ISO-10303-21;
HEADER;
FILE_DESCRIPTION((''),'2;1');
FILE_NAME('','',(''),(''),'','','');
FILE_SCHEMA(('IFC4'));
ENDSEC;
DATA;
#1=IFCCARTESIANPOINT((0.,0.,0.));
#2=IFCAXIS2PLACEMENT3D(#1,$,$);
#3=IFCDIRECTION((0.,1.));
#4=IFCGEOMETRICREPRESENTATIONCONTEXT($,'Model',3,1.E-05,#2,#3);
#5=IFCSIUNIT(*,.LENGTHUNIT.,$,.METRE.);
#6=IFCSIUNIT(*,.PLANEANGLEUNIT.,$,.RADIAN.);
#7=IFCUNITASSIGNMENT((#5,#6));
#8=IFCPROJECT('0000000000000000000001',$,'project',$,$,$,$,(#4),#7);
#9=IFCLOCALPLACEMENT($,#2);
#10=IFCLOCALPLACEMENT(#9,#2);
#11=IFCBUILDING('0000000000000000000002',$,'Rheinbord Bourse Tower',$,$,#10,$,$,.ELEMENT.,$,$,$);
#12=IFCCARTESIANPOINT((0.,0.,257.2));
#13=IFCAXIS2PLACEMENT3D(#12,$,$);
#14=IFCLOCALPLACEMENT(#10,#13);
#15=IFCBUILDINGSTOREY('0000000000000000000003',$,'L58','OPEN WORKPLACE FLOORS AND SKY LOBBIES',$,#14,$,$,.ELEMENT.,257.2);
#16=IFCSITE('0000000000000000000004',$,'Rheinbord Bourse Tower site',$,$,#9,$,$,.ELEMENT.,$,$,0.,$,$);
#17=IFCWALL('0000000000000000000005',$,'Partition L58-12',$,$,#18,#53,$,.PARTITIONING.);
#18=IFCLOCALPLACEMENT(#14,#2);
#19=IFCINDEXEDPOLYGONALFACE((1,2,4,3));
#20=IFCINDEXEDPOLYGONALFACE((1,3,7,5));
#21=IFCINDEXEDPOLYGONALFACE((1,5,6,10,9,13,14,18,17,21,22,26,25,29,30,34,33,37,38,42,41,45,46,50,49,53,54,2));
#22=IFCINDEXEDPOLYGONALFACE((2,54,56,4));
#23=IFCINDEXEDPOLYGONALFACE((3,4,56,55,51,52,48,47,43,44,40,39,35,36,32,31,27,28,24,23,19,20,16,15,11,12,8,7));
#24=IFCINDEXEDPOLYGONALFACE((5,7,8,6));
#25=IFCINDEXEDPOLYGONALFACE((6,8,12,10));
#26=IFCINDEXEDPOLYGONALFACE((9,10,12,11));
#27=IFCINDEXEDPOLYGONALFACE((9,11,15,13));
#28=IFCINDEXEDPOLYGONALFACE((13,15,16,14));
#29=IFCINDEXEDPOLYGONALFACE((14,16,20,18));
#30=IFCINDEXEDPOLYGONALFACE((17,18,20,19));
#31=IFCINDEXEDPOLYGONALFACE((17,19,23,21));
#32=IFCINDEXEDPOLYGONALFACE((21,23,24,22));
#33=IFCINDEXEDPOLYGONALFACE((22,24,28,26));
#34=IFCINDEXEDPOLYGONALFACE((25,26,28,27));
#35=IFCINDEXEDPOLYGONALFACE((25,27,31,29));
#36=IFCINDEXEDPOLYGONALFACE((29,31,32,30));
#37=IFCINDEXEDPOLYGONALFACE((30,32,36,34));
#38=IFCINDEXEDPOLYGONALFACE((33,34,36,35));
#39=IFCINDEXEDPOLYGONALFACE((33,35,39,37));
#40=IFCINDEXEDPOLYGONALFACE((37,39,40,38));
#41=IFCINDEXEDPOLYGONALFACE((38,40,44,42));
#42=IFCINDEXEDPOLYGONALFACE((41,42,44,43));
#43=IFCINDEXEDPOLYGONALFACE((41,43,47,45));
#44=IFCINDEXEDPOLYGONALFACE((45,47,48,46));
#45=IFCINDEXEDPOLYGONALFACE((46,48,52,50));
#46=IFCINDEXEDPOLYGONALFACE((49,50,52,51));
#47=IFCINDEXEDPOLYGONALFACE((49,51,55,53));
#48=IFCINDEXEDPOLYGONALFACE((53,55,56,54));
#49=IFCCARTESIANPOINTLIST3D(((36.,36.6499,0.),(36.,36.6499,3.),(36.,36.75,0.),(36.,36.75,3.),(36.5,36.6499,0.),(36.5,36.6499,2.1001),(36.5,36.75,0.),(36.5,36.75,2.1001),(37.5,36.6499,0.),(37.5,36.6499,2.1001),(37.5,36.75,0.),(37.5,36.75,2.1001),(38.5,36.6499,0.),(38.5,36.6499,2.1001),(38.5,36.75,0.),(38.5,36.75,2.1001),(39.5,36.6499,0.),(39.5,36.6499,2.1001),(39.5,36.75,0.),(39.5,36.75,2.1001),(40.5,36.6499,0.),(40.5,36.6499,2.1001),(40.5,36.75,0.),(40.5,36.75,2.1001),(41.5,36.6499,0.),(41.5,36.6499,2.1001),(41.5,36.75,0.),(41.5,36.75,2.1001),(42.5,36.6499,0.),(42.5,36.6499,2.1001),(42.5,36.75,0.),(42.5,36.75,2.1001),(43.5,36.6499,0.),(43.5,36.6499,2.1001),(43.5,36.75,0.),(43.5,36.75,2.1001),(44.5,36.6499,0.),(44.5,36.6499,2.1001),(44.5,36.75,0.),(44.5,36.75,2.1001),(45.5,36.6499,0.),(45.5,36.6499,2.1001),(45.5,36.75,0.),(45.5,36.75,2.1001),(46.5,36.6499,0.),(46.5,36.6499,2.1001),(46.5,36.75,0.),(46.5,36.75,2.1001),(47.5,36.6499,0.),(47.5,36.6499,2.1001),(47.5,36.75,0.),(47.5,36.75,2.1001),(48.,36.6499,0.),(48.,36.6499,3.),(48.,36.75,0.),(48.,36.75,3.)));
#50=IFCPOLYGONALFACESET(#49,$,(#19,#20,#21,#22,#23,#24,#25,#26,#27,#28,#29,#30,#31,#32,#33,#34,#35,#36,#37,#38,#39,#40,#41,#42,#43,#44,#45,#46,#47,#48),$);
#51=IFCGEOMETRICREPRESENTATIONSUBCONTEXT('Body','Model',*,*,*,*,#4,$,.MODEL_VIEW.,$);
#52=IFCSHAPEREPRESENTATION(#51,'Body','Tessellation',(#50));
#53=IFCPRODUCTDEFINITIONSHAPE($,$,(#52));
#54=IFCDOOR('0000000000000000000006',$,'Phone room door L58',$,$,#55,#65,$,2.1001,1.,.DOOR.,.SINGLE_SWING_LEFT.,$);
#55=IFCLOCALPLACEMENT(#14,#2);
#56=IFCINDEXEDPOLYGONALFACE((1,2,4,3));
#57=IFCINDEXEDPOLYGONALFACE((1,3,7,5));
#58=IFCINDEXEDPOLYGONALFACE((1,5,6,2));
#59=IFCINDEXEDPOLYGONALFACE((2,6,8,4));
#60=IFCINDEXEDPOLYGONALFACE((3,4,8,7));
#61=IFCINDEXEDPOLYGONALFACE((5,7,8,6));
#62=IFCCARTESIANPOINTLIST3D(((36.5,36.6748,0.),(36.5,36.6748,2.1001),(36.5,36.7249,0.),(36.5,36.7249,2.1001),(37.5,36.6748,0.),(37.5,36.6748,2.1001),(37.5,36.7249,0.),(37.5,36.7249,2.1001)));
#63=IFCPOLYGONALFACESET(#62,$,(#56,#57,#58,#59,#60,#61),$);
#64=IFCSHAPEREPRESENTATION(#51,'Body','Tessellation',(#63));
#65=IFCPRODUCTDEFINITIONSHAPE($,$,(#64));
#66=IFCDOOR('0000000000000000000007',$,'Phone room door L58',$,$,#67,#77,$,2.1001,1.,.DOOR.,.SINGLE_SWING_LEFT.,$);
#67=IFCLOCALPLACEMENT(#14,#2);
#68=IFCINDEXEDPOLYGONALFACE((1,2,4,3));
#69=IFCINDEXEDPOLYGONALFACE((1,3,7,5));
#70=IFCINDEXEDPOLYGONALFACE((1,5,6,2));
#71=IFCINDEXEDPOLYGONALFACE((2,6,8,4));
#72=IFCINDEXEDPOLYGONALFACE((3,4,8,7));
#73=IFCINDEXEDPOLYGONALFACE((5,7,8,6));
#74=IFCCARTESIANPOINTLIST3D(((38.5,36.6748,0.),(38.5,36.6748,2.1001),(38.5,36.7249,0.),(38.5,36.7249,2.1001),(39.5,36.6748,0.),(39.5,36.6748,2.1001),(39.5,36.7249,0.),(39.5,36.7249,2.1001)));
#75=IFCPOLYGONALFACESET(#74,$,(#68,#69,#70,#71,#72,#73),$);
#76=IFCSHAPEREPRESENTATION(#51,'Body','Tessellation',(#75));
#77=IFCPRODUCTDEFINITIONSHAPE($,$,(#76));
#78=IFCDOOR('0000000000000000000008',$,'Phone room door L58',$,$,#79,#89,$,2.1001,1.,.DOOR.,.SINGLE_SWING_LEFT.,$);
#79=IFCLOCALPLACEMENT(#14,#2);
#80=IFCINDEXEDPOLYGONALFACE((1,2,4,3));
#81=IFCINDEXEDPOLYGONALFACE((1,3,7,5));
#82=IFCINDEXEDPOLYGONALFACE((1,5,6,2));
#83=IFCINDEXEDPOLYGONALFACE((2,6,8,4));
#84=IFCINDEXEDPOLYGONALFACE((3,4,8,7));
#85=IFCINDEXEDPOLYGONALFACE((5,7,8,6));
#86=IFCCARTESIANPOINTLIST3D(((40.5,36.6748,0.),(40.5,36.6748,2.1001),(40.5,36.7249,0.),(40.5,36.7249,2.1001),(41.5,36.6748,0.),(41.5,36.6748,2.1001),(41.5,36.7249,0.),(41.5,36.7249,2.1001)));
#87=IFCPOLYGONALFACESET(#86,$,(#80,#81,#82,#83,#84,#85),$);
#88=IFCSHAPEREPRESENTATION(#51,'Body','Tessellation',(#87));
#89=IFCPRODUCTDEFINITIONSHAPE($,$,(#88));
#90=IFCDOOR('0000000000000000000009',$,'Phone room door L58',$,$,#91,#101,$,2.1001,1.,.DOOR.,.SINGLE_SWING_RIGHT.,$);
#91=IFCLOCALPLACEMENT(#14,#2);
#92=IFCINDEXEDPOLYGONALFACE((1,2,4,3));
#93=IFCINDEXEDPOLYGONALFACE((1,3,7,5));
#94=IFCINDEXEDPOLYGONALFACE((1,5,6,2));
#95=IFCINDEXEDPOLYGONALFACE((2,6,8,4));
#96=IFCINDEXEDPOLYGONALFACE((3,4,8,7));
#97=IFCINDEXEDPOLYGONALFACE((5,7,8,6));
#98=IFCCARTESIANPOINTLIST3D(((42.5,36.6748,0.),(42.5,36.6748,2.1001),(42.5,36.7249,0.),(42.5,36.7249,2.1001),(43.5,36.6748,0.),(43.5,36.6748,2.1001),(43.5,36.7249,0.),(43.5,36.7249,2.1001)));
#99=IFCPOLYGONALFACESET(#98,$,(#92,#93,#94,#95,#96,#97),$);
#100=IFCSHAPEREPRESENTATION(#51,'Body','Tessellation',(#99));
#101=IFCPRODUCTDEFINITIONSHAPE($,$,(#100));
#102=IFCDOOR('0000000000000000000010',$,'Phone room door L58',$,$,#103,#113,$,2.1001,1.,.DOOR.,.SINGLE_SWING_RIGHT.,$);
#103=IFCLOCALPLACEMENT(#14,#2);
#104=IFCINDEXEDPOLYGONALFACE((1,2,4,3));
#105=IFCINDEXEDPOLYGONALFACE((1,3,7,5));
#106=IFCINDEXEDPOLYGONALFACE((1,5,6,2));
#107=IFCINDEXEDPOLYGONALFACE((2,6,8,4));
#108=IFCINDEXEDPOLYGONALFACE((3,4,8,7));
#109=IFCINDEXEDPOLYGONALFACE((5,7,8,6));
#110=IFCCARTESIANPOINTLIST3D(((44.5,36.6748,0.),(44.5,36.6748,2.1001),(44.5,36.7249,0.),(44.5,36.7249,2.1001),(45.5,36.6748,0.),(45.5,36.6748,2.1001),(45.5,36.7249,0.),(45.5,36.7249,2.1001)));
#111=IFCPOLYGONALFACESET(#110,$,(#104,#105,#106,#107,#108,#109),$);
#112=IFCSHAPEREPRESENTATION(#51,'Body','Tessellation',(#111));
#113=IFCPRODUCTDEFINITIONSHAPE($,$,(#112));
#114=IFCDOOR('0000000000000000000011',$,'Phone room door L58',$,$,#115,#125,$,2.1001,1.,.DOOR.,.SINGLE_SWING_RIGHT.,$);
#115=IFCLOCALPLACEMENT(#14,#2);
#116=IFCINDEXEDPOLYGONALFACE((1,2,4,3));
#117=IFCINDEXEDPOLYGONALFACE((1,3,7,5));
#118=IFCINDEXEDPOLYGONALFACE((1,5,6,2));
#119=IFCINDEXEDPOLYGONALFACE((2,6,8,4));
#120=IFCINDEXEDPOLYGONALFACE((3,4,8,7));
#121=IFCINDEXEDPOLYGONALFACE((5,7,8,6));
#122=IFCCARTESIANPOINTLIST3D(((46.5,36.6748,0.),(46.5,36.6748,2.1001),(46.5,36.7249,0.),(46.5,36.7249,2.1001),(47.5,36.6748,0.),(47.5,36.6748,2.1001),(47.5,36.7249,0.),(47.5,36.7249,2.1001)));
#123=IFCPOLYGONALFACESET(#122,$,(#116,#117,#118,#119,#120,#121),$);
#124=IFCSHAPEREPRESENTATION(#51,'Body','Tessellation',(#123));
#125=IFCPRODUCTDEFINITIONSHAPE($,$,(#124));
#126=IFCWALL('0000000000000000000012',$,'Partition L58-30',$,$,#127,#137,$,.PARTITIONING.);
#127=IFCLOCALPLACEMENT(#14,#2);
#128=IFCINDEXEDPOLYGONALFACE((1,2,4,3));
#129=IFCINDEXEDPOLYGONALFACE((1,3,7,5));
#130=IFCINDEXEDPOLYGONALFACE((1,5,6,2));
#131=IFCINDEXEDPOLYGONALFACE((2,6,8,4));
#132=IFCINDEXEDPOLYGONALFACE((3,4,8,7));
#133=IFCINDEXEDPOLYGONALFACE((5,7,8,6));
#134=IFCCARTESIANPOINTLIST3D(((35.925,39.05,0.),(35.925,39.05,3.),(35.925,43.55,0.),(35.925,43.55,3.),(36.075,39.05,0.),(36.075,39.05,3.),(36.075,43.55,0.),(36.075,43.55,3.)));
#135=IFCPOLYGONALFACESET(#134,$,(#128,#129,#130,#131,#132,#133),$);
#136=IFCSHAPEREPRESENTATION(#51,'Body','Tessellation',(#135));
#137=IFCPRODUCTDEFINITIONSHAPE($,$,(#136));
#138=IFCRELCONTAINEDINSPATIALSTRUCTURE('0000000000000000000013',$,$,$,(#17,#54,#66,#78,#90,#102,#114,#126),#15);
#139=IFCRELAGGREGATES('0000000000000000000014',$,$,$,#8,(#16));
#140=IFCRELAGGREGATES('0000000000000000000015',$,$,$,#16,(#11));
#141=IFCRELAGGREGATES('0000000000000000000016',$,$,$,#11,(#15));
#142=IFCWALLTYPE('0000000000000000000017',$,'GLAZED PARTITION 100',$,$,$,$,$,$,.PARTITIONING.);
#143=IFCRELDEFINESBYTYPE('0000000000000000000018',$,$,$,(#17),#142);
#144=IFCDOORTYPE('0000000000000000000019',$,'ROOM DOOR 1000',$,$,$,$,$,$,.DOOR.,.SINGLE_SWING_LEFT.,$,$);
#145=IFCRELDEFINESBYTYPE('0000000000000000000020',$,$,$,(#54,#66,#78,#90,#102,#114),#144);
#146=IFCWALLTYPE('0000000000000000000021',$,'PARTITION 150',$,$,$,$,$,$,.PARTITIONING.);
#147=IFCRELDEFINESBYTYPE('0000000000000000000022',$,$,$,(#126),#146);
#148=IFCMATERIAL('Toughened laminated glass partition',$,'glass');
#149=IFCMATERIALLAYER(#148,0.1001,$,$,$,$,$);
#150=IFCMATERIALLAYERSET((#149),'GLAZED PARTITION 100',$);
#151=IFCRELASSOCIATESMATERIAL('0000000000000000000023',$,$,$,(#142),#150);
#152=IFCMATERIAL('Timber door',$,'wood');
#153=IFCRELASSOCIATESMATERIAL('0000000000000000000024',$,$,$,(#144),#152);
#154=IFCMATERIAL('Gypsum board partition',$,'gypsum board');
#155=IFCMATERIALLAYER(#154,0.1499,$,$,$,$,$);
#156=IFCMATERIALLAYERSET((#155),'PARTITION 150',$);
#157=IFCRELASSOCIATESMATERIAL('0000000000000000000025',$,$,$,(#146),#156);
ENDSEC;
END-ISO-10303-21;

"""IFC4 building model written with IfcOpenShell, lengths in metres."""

from ifc_helpers import new_model, si_unit, direction, frame, frame_2d, origin, place, context, subcontext, project, spatial, rectangle, extrude, material, layer, layer_set, type_object, element, fill, save


model = new_model("IFC4")

# Units and contexts
model_context = context("Model", 3, precision=1e-05, world=origin(), true_north=direction((0.0, 1.0)))
body_context = subcontext(model_context, "Body", "Model", "MODEL_VIEW")
ifc_project = project(units=[si_unit("LENGTHUNIT", "METRE"), si_unit("PLANEANGLEUNIT", "RADIAN")], contexts=[model_context])

# Site, building, storey
site_placement = place(None, origin())
site = spatial("IfcSite", under=ifc_project, at=site_placement, Name="Rheinbord Bourse Tower site", CompositionType="ELEMENT", RefElevation=0.0)
building_placement = place(site_placement, origin())
building = spatial("IfcBuilding", under=site, at=building_placement, Name="Rheinbord Bourse Tower", CompositionType="ELEMENT")
storey_placement = place(building_placement, frame((0.0, 0.0, 257.2)))
storey = spatial("IfcBuildingStorey", under=building, at=storey_placement, Name="L58", Description="OPEN WORKPLACE FLOORS AND SKY LOBBIES", CompositionType="ELEMENT", Elevation=257.2)

# Wall, openings, doors
ifc_material_1 = material(Name="Toughened laminated glass partition", Category="glass")
ifc_layer_1 = layer(ifc_material_1, 0.1001)
ifc_layer_set_1 = layer_set([ifc_layer_1], Name="GLAZED PARTITION 100")
wall_type_1 = type_object("IfcWallType", Name="GLAZED PARTITION 100", PredefinedType="PARTITIONING", material=ifc_layer_set_1)
wall_1_placement = place(storey_placement, frame((36.0, 36.7, 0.0), z_axis=(0.0, 0.0, 1.0), x_axis=(1.0, 0.0, 0.0)))
wall_1 = element("IfcWall", 1, at=wall_1_placement, inside=storey, type_object=wall_type_1, Name="Partition L58-12", PredefinedType="PARTITIONING", context=body_context, shape_type="SweptSolid", body=[
    extrude(rectangle(XDim=12.0, YDim=0.1001, at=frame_2d((6.0, 0.0))), origin(), (0.0, 0.0, 1.0), 3.0),
])
opening_1_placement = place(wall_1_placement, frame((0.5, 0.0, 0.0)))
opening_1 = element("IfcOpeningElement", 2, at=opening_1_placement, cuts=wall_1, PredefinedType="OPENING", context=body_context, shape_type="SweptSolid", body=[
    extrude(rectangle(XDim=1.0, YDim=2.1001, at=frame_2d((0.5, 1.05))), frame((0.0, 0.0601, 0.0), z_axis=(0.0, -1.0, 0.0), x_axis=(1.0, 0.0, 0.0)), (0.0, 0.0, 1.0), 0.1201),
])
opening_2_placement = place(wall_1_placement, frame((2.5, 0.0, 0.0)))
opening_2 = element("IfcOpeningElement", 3, at=opening_2_placement, cuts=wall_1, PredefinedType="OPENING", context=body_context, shape_type="SweptSolid", body=[
    extrude(rectangle(XDim=1.0, YDim=2.1001, at=frame_2d((0.5, 1.05))), frame((0.0, 0.0601, 0.0), z_axis=(0.0, -1.0, 0.0), x_axis=(1.0, 0.0, 0.0)), (0.0, 0.0, 1.0), 0.1201),
])
opening_3_placement = place(wall_1_placement, frame((4.5, 0.0, 0.0)))
opening_3 = element("IfcOpeningElement", 4, at=opening_3_placement, cuts=wall_1, PredefinedType="OPENING", context=body_context, shape_type="SweptSolid", body=[
    extrude(rectangle(XDim=1.0, YDim=2.1001, at=frame_2d((0.5, 1.05))), frame((0.0, 0.0601, 0.0), z_axis=(0.0, -1.0, 0.0), x_axis=(1.0, 0.0, 0.0)), (0.0, 0.0, 1.0), 0.1201),
])
opening_4_placement = place(wall_1_placement, frame((6.5, 0.0, 0.0)))
opening_4 = element("IfcOpeningElement", 5, at=opening_4_placement, cuts=wall_1, PredefinedType="OPENING", context=body_context, shape_type="SweptSolid", body=[
    extrude(rectangle(XDim=1.0, YDim=2.1001, at=frame_2d((0.5, 1.05))), frame((0.0, 0.0601, 0.0), z_axis=(0.0, -1.0, 0.0), x_axis=(1.0, 0.0, 0.0)), (0.0, 0.0, 1.0), 0.1201),
])
opening_5_placement = place(wall_1_placement, frame((8.5, 0.0, 0.0)))
opening_5 = element("IfcOpeningElement", 6, at=opening_5_placement, cuts=wall_1, PredefinedType="OPENING", context=body_context, shape_type="SweptSolid", body=[
    extrude(rectangle(XDim=1.0, YDim=2.1001, at=frame_2d((0.5, 1.05))), frame((0.0, 0.0601, 0.0), z_axis=(0.0, -1.0, 0.0), x_axis=(1.0, 0.0, 0.0)), (0.0, 0.0, 1.0), 0.1201),
])
opening_6_placement = place(wall_1_placement, frame((10.5, 0.0, 0.0)))
opening_6 = element("IfcOpeningElement", 7, at=opening_6_placement, cuts=wall_1, PredefinedType="OPENING", context=body_context, shape_type="SweptSolid", body=[
    extrude(rectangle(XDim=1.0, YDim=2.1001, at=frame_2d((0.5, 1.05))), frame((0.0, 0.0601, 0.0), z_axis=(0.0, -1.0, 0.0), x_axis=(1.0, 0.0, 0.0)), (0.0, 0.0, 1.0), 0.1201),
])
ifc_material_2 = material(Name="Timber door", Category="wood")
door_type = type_object("IfcDoorType", Name="ROOM DOOR 1000", OperationType="SINGLE_SWING_LEFT", PredefinedType="DOOR", material=ifc_material_2)
door_1_placement = place(opening_1_placement, origin())
door_1 = element("IfcDoor", 8, at=door_1_placement, inside=storey, type_object=door_type, Name="Phone room door L58", OperationType="SINGLE_SWING_LEFT", OverallHeight=2.1001, OverallWidth=1.0, PredefinedType="DOOR", context=body_context, shape_type="SweptSolid", body=[
    extrude(rectangle(XDim=1.0, YDim=2.1001, at=frame_2d((0.5, 1.05))), frame((0.0, 0.0249, 0.0), z_axis=(0.0, -1.0, 0.0), x_axis=(1.0, 0.0, 0.0)), (0.0, 0.0, 1.0), 0.05),
])
fill(opening_1, door_1)
door_2_placement = place(opening_2_placement, origin())
door_2 = element("IfcDoor", 9, at=door_2_placement, inside=storey, type_object=door_type, Name="Phone room door L58", OperationType="SINGLE_SWING_LEFT", OverallHeight=2.1001, OverallWidth=1.0, PredefinedType="DOOR", context=body_context, shape_type="SweptSolid", body=[
    extrude(rectangle(XDim=1.0, YDim=2.1001, at=frame_2d((0.5, 1.05))), frame((0.0, 0.0249, 0.0), z_axis=(0.0, -1.0, 0.0), x_axis=(1.0, 0.0, 0.0)), (0.0, 0.0, 1.0), 0.05),
])
fill(opening_2, door_2)
door_3_placement = place(opening_3_placement, origin())
door_3 = element("IfcDoor", 10, at=door_3_placement, inside=storey, type_object=door_type, Name="Phone room door L58", OperationType="SINGLE_SWING_LEFT", OverallHeight=2.1001, OverallWidth=1.0, PredefinedType="DOOR", context=body_context, shape_type="SweptSolid", body=[
    extrude(rectangle(XDim=1.0, YDim=2.1001, at=frame_2d((0.5, 1.05))), frame((0.0, 0.0249, 0.0), z_axis=(0.0, -1.0, 0.0), x_axis=(1.0, 0.0, 0.0)), (0.0, 0.0, 1.0), 0.05),
])
fill(opening_3, door_3)
door_4_placement = place(opening_4_placement, origin())
door_4 = element("IfcDoor", 11, at=door_4_placement, inside=storey, type_object=door_type, Name="Phone room door L58", OperationType="SINGLE_SWING_RIGHT", OverallHeight=2.1001, OverallWidth=1.0, PredefinedType="DOOR", context=body_context, shape_type="SweptSolid", body=[
    extrude(rectangle(XDim=1.0, YDim=2.1001, at=frame_2d((0.5, 1.05))), frame((0.0, 0.0249, 0.0), z_axis=(0.0, -1.0, 0.0), x_axis=(1.0, 0.0, 0.0)), (0.0, 0.0, 1.0), 0.05),
])
fill(opening_4, door_4)
door_5_placement = place(opening_5_placement, origin())
door_5 = element("IfcDoor", 12, at=door_5_placement, inside=storey, type_object=door_type, Name="Phone room door L58", OperationType="SINGLE_SWING_RIGHT", OverallHeight=2.1001, OverallWidth=1.0, PredefinedType="DOOR", context=body_context, shape_type="SweptSolid", body=[
    extrude(rectangle(XDim=1.0, YDim=2.1001, at=frame_2d((0.5, 1.05))), frame((0.0, 0.0249, 0.0), z_axis=(0.0, -1.0, 0.0), x_axis=(1.0, 0.0, 0.0)), (0.0, 0.0, 1.0), 0.05),
])
fill(opening_5, door_5)
door_6_placement = place(opening_6_placement, origin())
door_6 = element("IfcDoor", 13, at=door_6_placement, inside=storey, type_object=door_type, Name="Phone room door L58", OperationType="SINGLE_SWING_RIGHT", OverallHeight=2.1001, OverallWidth=1.0, PredefinedType="DOOR", context=body_context, shape_type="SweptSolid", body=[
    extrude(rectangle(XDim=1.0, YDim=2.1001, at=frame_2d((0.5, 1.05))), frame((0.0, 0.0249, 0.0), z_axis=(0.0, -1.0, 0.0), x_axis=(1.0, 0.0, 0.0)), (0.0, 0.0, 1.0), 0.05),
])
fill(opening_6, door_6)

# Wall
ifc_material_3 = material(Name="Gypsum board partition", Category="gypsum board")
ifc_layer_2 = layer(ifc_material_3, 0.1499)
ifc_layer_set_2 = layer_set([ifc_layer_2], Name="PARTITION 150")
wall_type_2 = type_object("IfcWallType", Name="PARTITION 150", PredefinedType="PARTITIONING", material=ifc_layer_set_2)
wall_2_placement = place(storey_placement, frame((36.0, 39.05, 0.0), z_axis=(0.0, 0.0, 1.0), x_axis=(0.0, 1.0, 0.0)))
element("IfcWall", 14, at=wall_2_placement, inside=storey, type_object=wall_type_2, Name="Partition L58-30", PredefinedType="PARTITIONING", context=body_context, shape_type="SweptSolid", body=[
    extrude(rectangle(XDim=4.5, YDim=0.1499, at=frame_2d((2.25, 0.0))), origin(), (0.0, 0.0, 1.0), 3.0),
])

save(model, "model.ifc")
